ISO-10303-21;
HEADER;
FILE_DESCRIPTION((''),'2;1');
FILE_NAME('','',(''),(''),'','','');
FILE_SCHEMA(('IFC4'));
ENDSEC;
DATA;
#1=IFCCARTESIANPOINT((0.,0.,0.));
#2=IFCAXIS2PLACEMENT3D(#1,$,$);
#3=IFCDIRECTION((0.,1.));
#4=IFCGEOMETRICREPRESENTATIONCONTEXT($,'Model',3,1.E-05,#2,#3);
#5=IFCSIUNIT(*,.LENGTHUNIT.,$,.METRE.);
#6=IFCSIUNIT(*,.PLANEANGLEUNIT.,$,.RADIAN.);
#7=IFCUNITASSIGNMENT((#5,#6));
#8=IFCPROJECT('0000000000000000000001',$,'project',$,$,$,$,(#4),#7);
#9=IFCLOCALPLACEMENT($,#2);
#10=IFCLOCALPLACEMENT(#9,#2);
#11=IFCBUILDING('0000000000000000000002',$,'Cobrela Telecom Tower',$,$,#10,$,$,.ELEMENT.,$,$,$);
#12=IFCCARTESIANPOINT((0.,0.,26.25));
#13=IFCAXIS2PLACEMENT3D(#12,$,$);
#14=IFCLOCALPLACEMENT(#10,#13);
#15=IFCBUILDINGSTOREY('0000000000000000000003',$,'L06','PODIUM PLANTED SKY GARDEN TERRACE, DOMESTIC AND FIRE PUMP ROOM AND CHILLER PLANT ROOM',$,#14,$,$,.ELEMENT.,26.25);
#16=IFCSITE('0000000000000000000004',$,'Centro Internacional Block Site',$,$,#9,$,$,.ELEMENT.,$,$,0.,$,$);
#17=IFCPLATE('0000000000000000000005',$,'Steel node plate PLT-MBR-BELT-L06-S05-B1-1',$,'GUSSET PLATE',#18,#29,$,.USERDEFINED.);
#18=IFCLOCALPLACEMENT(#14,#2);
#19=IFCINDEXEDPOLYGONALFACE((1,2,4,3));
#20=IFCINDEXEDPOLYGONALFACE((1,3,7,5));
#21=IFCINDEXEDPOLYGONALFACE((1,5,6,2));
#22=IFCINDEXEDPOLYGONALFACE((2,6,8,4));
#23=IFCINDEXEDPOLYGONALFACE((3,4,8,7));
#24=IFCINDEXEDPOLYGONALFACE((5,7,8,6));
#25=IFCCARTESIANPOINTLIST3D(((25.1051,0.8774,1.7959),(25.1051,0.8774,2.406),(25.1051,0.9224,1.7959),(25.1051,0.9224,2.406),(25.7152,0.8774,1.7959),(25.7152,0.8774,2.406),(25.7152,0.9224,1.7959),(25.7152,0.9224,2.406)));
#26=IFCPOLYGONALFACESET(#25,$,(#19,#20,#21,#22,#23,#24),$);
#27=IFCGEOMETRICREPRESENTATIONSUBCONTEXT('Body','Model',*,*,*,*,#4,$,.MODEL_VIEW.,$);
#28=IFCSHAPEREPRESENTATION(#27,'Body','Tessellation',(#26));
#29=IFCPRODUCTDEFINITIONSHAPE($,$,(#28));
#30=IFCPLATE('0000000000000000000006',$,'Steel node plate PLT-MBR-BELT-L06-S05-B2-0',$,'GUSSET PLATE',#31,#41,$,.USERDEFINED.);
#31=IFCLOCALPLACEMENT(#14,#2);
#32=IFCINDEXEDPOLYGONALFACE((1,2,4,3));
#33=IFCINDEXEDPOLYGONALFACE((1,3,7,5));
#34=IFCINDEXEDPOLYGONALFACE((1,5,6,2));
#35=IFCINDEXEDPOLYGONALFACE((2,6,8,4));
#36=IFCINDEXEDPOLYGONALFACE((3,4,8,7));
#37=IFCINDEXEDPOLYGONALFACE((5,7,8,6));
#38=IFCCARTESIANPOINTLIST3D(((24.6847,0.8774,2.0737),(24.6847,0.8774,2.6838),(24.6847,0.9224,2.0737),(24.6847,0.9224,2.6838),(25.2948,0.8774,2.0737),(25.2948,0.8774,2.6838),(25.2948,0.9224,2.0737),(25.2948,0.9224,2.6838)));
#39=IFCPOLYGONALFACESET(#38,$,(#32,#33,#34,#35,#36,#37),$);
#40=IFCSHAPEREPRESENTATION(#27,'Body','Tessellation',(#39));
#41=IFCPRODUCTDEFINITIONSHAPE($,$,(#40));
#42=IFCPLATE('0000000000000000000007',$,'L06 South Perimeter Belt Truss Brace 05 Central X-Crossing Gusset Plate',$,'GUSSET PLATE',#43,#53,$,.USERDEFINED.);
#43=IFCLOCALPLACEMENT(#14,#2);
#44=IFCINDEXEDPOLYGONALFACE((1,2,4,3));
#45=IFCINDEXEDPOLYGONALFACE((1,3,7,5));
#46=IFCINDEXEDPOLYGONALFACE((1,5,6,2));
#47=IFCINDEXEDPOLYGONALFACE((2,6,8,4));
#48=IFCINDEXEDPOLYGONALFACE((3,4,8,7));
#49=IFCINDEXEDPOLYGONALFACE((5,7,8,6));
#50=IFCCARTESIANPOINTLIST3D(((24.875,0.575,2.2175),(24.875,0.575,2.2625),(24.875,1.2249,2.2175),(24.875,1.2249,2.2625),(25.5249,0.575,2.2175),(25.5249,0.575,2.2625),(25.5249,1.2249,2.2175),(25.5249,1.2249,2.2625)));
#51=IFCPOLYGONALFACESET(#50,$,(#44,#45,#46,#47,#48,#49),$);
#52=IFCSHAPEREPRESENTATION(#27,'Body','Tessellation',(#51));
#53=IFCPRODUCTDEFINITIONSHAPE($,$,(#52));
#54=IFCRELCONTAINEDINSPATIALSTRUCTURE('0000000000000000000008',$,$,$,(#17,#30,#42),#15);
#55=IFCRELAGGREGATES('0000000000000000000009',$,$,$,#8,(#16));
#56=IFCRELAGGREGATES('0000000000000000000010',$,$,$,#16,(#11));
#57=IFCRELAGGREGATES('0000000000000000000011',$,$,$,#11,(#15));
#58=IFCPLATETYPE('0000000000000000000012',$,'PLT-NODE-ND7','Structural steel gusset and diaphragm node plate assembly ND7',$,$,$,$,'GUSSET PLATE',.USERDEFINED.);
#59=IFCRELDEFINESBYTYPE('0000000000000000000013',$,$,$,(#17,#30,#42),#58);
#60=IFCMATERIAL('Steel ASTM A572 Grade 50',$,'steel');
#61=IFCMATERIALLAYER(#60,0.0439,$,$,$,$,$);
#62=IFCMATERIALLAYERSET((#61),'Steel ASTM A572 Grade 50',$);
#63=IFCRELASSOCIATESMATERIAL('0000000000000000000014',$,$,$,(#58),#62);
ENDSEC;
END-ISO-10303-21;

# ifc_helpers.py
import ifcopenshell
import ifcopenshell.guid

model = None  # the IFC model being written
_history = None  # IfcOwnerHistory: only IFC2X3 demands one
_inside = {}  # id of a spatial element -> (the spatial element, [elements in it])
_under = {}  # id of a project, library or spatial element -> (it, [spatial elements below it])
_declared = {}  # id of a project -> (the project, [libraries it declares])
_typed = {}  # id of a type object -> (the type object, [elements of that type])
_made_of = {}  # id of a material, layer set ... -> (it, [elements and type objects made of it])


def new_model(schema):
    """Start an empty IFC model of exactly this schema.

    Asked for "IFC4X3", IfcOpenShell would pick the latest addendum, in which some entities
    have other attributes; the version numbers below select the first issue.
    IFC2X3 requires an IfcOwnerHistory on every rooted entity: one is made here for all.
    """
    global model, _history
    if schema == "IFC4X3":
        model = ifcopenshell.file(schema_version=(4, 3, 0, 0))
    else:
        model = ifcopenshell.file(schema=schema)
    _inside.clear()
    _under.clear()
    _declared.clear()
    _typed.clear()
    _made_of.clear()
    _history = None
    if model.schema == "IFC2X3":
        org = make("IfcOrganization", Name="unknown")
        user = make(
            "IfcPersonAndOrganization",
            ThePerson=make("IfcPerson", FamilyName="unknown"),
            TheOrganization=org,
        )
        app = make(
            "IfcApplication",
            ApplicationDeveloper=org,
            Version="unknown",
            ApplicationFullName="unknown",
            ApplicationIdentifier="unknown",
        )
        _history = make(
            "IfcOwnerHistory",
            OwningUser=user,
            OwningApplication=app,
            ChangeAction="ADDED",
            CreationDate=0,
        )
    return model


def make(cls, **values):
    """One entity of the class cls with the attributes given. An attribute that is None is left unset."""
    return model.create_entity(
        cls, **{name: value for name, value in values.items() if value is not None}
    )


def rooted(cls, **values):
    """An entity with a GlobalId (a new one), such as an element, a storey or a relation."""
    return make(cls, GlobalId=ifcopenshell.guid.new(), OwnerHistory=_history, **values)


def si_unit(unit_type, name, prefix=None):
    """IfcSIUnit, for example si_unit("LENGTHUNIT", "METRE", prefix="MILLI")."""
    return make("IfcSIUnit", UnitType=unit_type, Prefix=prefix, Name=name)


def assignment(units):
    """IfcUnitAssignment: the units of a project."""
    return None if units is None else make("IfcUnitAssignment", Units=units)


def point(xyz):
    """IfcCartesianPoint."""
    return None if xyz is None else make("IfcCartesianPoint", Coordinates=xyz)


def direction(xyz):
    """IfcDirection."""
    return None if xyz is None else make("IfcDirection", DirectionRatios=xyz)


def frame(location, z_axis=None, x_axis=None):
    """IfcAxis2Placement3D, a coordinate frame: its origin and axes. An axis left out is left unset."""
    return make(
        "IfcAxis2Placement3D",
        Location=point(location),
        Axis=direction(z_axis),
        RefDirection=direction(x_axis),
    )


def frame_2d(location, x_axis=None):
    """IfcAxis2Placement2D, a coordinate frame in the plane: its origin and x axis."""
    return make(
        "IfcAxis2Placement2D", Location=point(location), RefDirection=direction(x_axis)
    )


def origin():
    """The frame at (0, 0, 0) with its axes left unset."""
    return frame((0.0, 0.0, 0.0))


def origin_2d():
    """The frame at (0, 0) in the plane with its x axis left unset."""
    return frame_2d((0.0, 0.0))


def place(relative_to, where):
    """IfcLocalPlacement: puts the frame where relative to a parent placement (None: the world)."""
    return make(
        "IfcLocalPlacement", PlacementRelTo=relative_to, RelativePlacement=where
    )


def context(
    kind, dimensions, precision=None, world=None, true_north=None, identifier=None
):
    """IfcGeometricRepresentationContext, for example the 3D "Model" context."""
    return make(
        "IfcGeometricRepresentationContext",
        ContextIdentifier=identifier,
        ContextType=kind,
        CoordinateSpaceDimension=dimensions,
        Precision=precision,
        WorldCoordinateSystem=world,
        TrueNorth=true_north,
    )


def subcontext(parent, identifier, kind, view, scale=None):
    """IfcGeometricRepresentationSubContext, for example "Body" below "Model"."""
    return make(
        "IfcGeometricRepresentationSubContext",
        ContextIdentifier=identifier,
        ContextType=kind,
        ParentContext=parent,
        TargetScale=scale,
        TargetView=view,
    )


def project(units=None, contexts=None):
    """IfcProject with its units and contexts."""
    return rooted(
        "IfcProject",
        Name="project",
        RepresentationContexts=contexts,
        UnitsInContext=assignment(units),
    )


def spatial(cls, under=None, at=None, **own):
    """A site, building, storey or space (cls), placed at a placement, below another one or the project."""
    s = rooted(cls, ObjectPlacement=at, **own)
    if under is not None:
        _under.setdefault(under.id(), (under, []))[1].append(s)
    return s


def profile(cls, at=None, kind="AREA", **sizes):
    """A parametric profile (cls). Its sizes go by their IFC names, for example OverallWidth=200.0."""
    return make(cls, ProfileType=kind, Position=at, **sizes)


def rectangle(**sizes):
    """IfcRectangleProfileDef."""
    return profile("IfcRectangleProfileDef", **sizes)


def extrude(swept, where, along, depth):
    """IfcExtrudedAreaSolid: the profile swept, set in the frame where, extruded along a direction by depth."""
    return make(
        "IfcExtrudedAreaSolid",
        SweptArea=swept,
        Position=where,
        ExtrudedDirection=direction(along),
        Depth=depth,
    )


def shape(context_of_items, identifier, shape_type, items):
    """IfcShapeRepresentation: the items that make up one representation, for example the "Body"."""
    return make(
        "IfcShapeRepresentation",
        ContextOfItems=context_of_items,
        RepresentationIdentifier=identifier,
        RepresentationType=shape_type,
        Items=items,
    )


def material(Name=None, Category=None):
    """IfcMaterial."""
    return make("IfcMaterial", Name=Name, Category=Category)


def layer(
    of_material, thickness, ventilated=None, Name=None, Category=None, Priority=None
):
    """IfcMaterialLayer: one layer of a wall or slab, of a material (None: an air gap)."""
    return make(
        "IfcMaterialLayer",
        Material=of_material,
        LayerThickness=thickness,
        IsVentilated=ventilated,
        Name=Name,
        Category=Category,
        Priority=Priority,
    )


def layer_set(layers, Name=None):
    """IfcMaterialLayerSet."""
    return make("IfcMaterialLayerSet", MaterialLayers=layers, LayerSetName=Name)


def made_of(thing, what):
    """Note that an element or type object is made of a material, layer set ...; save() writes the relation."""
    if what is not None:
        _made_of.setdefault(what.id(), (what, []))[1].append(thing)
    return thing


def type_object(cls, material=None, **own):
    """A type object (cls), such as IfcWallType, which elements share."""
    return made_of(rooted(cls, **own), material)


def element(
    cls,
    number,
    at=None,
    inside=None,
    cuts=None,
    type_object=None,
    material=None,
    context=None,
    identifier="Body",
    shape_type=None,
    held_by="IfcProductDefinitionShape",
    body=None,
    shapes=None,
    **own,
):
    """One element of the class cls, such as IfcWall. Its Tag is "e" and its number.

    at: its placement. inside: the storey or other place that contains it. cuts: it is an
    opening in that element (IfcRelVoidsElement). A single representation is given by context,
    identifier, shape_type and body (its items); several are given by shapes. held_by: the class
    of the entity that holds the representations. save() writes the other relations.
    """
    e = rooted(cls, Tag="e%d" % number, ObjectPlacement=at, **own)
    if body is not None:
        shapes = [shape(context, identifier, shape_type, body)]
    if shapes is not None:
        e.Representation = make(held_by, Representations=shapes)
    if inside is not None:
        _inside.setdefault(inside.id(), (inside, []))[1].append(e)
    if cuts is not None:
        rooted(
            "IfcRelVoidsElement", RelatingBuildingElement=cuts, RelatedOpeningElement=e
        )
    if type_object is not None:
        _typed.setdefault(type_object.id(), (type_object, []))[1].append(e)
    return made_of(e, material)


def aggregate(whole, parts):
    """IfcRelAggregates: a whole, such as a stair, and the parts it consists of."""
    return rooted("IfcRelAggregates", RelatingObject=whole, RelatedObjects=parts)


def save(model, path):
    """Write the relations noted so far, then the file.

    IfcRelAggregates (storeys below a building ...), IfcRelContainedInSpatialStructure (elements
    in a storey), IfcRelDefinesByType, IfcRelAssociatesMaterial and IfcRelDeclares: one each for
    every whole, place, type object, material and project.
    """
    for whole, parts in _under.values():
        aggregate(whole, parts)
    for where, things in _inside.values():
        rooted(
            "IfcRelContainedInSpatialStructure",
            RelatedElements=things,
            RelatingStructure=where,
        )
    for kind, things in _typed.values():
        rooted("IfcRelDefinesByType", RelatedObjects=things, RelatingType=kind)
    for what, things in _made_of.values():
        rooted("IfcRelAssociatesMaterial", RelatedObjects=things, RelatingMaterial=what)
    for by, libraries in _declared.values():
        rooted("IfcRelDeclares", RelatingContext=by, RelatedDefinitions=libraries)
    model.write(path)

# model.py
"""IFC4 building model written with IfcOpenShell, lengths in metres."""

from ifc_helpers import new_model, si_unit, direction, frame, origin, origin_2d, place, context, subcontext, project, spatial, rectangle, extrude, material, layer, layer_set, type_object, element, save


model = new_model("IFC4")

# Units and contexts
model_context = context("Model", 3, precision=1e-05, world=origin(), true_north=direction((0.0, 1.0)))
body_context = subcontext(model_context, "Body", "Model", "MODEL_VIEW")
ifc_project = project(units=[si_unit("LENGTHUNIT", "METRE"), si_unit("PLANEANGLEUNIT", "RADIAN")], contexts=[model_context])

# Site, building, storey
site_placement = place(None, origin())
site = spatial("IfcSite", under=ifc_project, at=site_placement, Name="Centro Internacional Block Site", CompositionType="ELEMENT", RefElevation=0.0)
building_placement = place(site_placement, origin())
building = spatial("IfcBuilding", under=site, at=building_placement, Name="Cobrela Telecom Tower", CompositionType="ELEMENT")
storey_placement = place(building_placement, frame((0.0, 0.0, 26.25)))
storey = spatial("IfcBuildingStorey", under=building, at=storey_placement, Name="L06", Description="PODIUM PLANTED SKY GARDEN TERRACE, DOMESTIC AND FIRE PUMP ROOM AND CHILLER PLANT ROOM", CompositionType="ELEMENT", Elevation=26.25)

# Shared definitions
ifc_material_1 = material(Name="Steel ASTM A572 Grade 50", Category="steel")

# Plates
ifc_layer = layer(ifc_material_1, 0.0439)
ifc_layer_set = layer_set([ifc_layer], Name="Steel ASTM A572 Grade 50")
plate_type = type_object("IfcPlateType", Name="PLT-NODE-ND7", Description="Structural steel gusset and diaphragm node plate assembly ND7", ElementType="GUSSET PLATE", PredefinedType="USERDEFINED", material=ifc_layer_set)
for number, where, z_axis, x_axis, name in (
    (1, (25.4102, 0.8999, 1.7959), (0.0, 0.0, 1.0), (-1.0, 0.0, 0.0), "Steel node plate PLT-MBR-BELT-L06-S05-B1-1"),
    (2, (24.9897, 0.8999, 2.0737), (0.0, 0.0, 1.0), (-1.0, 0.0, 0.0), "Steel node plate PLT-MBR-BELT-L06-S05-B2-0"),
):
    element("IfcPlate", number, at=place(storey_placement, frame(where, z_axis=z_axis, x_axis=x_axis)), inside=storey, type_object=plate_type, Name=name, ObjectType="GUSSET PLATE", PredefinedType="USERDEFINED", context=body_context, shape_type="SweptSolid", body=[
        extrude(rectangle(XDim=0.6101, YDim=0.0449, at=origin_2d()), origin(), (0.0, 0.0, 1.0), 0.6101),
    ])
plate_1_placement = place(storey_placement, frame((25.2, 0.8999, 2.2175), z_axis=(0.0, 0.0, 1.0), x_axis=(1.0, 0.0, 0.0)))
element("IfcPlate", 3, at=plate_1_placement, inside=storey, type_object=plate_type, Name="L06 South Perimeter Belt Truss Brace 05 Central X-Crossing Gusset Plate", ObjectType="GUSSET PLATE", PredefinedType="USERDEFINED", context=body_context, shape_type="SweptSolid", body=[
    extrude(rectangle(XDim=0.6499, YDim=0.6499, at=origin_2d()), origin(), (0.0, 0.0, 1.0), 0.0449),
])

save(model, "model.ifc")
